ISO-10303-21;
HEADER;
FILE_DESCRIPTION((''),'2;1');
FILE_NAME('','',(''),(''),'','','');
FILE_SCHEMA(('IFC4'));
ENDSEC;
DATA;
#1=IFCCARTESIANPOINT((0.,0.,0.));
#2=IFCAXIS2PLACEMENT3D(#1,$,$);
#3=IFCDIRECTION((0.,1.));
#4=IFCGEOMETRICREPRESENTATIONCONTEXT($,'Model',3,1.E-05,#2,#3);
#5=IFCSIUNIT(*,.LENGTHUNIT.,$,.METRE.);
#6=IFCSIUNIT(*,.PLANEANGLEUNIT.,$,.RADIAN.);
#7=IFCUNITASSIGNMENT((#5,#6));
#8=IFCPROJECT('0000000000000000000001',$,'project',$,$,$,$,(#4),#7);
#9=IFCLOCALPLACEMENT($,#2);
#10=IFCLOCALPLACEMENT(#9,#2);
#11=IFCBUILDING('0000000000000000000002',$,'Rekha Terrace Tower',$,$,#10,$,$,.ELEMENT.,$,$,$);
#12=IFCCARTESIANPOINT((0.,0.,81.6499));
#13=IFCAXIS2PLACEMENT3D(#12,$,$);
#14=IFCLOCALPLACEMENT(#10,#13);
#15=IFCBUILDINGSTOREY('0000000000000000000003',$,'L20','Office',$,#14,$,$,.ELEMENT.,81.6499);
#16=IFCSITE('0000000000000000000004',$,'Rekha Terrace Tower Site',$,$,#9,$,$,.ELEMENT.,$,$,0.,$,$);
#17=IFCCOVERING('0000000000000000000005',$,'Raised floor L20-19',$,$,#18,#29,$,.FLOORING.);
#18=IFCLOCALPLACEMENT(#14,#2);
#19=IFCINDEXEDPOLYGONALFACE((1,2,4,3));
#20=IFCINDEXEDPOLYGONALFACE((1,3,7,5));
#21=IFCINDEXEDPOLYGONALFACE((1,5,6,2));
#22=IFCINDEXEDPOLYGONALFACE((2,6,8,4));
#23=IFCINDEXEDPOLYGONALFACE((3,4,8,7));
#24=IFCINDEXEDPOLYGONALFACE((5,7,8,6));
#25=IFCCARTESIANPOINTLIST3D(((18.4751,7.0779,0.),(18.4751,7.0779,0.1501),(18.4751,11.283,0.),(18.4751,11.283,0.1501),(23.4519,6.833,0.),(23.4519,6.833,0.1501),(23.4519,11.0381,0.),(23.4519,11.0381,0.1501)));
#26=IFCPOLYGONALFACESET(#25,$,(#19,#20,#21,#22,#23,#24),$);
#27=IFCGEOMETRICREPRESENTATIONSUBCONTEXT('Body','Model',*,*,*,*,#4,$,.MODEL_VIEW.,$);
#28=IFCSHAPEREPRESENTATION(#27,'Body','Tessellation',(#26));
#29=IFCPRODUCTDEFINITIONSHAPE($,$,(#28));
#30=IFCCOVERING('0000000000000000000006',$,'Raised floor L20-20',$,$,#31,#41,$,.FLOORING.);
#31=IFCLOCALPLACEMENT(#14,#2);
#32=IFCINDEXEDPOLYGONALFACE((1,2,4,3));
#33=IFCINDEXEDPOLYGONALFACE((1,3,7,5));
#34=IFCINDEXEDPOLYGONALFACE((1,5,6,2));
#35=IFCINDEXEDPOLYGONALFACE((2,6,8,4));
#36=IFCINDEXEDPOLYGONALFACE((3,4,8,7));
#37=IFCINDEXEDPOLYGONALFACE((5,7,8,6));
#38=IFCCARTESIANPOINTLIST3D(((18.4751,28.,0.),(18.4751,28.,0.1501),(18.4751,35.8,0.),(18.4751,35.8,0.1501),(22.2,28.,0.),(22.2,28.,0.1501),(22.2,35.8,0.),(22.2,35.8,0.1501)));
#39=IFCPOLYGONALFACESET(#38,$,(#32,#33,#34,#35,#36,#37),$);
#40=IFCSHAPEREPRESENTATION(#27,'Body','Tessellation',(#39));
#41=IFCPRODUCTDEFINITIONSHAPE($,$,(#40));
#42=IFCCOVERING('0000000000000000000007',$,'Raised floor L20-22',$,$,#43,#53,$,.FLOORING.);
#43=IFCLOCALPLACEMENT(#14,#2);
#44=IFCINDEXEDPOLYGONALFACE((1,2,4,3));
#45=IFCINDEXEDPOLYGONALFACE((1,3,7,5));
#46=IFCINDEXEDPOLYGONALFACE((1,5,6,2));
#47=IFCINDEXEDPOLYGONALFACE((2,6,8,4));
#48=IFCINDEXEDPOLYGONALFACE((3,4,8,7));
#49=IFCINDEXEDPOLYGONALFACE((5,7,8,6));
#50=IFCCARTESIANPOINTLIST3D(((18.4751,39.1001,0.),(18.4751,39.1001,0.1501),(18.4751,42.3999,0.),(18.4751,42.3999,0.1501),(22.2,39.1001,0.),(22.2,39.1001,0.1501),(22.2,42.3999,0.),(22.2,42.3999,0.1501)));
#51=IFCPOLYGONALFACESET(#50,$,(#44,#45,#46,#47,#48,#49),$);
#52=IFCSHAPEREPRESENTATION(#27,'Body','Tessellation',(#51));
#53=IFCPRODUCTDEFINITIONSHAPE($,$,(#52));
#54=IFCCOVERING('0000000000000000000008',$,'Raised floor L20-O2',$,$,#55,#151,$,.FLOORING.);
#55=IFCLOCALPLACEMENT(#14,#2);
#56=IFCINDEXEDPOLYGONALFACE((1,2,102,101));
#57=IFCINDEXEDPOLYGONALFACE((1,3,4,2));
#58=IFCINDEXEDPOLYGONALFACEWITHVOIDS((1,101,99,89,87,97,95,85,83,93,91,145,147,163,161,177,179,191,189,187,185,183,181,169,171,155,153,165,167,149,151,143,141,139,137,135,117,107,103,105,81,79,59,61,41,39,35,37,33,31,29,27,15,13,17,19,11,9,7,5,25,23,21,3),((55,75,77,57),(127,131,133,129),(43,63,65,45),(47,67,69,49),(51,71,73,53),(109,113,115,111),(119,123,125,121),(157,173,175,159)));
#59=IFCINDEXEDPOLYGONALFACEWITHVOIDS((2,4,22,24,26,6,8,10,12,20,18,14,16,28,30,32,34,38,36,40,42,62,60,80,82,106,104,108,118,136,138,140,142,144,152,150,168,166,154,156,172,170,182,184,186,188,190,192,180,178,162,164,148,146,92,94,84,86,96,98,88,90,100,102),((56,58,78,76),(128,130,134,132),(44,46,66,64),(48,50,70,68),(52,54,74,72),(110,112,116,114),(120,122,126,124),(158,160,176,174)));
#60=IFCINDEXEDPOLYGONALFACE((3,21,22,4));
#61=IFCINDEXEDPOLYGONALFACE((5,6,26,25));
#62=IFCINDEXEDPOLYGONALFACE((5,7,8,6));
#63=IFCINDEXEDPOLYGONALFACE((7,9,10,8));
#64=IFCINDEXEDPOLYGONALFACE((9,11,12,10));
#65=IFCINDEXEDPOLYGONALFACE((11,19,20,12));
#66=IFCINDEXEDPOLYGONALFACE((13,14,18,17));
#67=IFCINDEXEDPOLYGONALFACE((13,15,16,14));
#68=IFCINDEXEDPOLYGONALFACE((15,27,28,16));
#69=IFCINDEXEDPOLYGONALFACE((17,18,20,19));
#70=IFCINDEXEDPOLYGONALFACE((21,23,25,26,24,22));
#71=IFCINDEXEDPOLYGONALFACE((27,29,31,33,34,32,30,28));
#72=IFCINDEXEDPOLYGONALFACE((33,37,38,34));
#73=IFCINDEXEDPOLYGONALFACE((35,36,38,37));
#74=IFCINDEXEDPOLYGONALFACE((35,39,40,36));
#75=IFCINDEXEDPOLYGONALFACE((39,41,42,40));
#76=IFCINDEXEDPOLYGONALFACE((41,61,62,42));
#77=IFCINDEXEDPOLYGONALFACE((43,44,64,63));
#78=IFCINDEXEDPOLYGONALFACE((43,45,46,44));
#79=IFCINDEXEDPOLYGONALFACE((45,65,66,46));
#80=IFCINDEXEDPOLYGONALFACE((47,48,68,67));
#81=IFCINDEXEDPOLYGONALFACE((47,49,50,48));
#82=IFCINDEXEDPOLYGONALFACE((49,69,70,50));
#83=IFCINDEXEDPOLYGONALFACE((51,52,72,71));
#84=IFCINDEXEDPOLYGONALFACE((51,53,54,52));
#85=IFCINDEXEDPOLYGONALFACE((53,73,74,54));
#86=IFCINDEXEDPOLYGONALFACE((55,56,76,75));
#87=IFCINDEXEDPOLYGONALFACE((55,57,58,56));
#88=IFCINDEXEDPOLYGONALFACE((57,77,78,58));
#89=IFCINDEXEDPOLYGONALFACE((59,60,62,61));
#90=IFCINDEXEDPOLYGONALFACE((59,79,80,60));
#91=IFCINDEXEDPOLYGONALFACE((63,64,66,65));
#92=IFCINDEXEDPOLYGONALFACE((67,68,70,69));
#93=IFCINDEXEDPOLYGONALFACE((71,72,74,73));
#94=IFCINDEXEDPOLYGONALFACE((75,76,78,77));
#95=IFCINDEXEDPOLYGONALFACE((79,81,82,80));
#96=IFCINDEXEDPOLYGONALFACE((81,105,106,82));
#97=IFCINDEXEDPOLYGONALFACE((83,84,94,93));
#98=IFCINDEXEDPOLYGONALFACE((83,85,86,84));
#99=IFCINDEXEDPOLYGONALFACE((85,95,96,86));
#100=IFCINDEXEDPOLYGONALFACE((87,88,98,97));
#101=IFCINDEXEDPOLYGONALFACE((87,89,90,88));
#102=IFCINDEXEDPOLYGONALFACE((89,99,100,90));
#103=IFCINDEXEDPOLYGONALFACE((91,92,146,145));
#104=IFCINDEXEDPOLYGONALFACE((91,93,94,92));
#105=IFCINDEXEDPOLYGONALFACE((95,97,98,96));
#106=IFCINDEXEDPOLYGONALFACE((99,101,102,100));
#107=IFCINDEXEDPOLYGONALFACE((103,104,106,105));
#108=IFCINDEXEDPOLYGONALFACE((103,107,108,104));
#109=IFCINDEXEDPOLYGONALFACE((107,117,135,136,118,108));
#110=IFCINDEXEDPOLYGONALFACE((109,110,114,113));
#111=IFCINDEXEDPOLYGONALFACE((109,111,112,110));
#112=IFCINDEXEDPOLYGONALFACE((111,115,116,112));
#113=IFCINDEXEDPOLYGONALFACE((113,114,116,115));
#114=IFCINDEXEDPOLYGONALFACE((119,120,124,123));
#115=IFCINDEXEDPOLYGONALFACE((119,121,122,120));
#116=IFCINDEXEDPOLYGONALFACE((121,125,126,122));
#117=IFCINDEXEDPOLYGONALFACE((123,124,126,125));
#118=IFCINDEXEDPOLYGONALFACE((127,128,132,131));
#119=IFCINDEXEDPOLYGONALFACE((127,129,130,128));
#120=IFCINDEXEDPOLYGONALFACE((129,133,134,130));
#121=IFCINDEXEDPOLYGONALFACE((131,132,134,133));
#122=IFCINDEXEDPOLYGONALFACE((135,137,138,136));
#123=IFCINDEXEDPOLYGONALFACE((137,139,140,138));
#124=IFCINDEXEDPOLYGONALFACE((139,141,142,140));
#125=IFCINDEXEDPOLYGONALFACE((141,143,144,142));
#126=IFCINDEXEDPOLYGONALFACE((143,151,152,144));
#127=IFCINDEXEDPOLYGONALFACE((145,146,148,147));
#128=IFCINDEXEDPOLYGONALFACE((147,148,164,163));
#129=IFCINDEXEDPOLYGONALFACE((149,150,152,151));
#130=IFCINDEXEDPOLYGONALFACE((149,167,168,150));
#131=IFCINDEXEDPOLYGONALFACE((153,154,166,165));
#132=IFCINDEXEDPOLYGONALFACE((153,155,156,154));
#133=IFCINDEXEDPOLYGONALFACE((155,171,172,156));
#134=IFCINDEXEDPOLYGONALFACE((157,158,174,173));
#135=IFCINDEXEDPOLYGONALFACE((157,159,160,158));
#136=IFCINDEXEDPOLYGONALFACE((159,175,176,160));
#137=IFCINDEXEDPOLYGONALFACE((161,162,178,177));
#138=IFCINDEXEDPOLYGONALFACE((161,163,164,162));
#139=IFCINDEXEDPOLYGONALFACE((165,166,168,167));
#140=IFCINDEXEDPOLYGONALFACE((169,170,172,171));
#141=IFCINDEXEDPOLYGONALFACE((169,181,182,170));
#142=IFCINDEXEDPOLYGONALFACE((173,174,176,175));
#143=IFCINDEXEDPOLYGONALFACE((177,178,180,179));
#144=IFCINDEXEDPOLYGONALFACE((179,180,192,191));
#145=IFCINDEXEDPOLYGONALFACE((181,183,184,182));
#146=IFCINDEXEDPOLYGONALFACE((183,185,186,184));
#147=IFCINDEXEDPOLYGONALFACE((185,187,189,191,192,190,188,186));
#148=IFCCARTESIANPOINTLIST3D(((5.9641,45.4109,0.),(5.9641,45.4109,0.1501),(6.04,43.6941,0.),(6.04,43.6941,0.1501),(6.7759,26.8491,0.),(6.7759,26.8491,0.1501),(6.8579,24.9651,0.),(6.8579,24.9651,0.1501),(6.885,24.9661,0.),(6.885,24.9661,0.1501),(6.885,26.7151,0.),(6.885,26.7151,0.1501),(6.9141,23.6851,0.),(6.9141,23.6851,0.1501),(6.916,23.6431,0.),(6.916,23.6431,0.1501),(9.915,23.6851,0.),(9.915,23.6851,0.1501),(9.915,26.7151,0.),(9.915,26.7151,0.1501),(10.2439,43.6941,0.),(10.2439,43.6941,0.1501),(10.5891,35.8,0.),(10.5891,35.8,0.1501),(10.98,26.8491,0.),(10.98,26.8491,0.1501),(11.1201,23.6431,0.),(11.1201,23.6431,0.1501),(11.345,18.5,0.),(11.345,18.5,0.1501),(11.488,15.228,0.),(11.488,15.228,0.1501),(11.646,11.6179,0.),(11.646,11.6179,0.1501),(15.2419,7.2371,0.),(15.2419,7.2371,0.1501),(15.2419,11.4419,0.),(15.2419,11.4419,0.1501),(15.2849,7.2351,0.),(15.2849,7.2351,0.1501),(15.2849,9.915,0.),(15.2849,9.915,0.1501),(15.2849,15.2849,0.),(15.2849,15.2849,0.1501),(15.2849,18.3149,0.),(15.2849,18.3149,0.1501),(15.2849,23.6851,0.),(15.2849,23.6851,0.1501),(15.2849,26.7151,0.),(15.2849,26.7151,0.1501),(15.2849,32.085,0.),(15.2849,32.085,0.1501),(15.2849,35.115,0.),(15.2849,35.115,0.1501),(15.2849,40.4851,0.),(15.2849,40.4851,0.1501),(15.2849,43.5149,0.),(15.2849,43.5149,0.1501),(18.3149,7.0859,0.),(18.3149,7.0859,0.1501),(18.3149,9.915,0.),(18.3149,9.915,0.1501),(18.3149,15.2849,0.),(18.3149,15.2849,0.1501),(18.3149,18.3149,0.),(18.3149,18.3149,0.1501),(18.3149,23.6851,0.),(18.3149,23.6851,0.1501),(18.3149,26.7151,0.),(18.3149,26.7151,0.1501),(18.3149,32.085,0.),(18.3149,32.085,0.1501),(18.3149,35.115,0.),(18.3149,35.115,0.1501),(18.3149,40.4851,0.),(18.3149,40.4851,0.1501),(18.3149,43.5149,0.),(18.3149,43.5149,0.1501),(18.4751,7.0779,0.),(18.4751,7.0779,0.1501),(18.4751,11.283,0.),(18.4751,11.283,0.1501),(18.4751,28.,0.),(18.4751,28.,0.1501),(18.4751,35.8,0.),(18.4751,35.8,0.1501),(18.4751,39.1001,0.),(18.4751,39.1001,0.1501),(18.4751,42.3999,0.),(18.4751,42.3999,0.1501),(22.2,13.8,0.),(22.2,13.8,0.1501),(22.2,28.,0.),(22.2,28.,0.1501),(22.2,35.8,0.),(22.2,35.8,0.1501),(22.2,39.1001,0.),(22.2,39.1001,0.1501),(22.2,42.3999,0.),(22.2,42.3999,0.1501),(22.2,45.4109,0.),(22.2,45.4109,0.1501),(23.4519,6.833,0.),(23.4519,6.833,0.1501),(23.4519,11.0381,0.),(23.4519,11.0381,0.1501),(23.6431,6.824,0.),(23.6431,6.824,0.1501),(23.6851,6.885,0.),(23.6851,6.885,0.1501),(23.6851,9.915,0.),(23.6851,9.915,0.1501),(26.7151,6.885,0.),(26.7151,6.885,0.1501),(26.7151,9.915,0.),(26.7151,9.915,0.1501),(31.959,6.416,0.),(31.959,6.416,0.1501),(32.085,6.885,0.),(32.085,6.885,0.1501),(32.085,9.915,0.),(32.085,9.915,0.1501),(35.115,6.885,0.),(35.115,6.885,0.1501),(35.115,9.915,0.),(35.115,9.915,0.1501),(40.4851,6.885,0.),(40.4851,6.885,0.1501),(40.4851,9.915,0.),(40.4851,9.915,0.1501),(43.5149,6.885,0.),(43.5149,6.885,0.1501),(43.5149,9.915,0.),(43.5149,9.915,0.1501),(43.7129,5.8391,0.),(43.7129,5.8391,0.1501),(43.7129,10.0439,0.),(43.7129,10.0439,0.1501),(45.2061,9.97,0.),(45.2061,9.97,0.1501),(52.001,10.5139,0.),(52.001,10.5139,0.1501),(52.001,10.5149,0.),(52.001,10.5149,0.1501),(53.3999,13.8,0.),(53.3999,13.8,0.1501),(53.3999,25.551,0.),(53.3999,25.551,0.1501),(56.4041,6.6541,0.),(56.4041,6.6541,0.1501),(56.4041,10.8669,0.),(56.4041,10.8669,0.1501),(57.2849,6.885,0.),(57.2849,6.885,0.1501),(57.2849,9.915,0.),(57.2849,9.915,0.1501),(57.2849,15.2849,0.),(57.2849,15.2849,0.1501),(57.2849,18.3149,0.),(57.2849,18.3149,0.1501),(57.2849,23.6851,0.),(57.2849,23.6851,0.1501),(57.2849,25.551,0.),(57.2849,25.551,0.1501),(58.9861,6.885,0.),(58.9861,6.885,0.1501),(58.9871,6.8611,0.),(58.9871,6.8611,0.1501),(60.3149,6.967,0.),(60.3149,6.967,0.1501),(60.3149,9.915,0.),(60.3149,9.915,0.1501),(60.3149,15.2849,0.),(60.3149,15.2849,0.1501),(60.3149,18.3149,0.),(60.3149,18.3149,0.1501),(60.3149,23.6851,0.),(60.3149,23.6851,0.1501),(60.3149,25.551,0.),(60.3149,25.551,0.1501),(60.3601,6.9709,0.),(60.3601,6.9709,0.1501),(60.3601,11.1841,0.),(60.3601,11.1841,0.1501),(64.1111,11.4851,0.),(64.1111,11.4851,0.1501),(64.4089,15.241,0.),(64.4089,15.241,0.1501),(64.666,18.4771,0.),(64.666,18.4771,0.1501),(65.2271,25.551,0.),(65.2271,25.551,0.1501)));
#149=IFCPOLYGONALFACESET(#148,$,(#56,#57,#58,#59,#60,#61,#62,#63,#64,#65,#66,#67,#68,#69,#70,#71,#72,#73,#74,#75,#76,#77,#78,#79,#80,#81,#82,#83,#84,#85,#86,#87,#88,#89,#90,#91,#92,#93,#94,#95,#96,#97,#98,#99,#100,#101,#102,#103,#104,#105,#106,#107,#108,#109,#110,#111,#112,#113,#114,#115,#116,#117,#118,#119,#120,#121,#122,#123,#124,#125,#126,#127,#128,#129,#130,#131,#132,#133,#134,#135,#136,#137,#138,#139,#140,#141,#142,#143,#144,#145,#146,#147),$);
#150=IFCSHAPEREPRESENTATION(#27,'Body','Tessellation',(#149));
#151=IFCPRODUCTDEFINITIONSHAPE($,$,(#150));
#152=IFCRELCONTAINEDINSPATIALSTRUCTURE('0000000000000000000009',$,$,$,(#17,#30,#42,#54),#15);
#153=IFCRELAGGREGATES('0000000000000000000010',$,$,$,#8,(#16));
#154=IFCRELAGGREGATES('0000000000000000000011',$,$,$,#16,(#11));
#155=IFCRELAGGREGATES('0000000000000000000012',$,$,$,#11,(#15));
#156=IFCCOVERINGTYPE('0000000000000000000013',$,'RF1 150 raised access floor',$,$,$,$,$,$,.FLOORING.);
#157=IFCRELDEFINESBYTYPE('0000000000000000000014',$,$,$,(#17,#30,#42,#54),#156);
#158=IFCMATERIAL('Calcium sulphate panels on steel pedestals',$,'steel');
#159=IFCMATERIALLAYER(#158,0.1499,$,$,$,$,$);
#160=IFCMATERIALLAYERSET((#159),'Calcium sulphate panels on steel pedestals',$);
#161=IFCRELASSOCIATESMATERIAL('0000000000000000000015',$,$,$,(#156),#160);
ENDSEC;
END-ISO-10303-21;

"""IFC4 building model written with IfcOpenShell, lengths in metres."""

from ifc_helpers import new_model, si_unit, direction, frame, origin, place, context, subcontext, project, spatial, polyline, outline, extrude, material, layer, layer_set, type_object, element, save


model = new_model("IFC4")

# Units and contexts
model_context = context("Model", 3, precision=1e-05, world=origin(), true_north=direction((0.0, 1.0)))
body_context = subcontext(model_context, "Body", "Model", "MODEL_VIEW")
ifc_project = project(units=[si_unit("LENGTHUNIT", "METRE"), si_unit("PLANEANGLEUNIT", "RADIAN")], contexts=[model_context])

# Site, building, storey
site_placement = place(None, origin())
site = spatial("IfcSite", under=ifc_project, at=site_placement, Name="Rekha Terrace Tower Site", CompositionType="ELEMENT", RefElevation=0.0)
building_placement = place(site_placement, origin())
building = spatial("IfcBuilding", under=site, at=building_placement, Name="Rekha Terrace Tower", CompositionType="ELEMENT")
storey_placement = place(building_placement, frame((0.0, 0.0, 81.6499)))
storey = spatial("IfcBuildingStorey", under=building, at=storey_placement, Name="L20", Description="Office", CompositionType="ELEMENT", Elevation=81.6499)

# Coverings
ifc_material_1 = material(Name="Calcium sulphate panels on steel pedestals", Category="steel")
ifc_layer_1 = layer(ifc_material_1, 0.1499)
ifc_layer_set_1 = layer_set([ifc_layer_1], Name="Calcium sulphate panels on steel pedestals")
covering_type_1 = type_object("IfcCoveringType", Name="RF1 150 raised access floor", PredefinedType="FLOORING", material=ifc_layer_set_1)
covering_1_placement = place(storey_placement, origin())
element("IfcCovering", 1, at=covering_1_placement, inside=storey, type_object=covering_type_1, Name="Raised floor L20-19", PredefinedType="FLOORING", context=body_context, shape_type="SweptSolid", body=[
    extrude(outline(polyline([(23.4519, 6.833), (23.4519, 11.0381), (18.4751, 11.283), (18.4751, 7.0779), (23.4519, 6.833)])), origin(), (0.0, 0.0, 1.0), 0.1501),
])
covering_2_placement = place(storey_placement, origin())
element("IfcCovering", 2, at=covering_2_placement, inside=storey, type_object=covering_type_1, Name="Raised floor L20-20", PredefinedType="FLOORING", context=body_context, shape_type="SweptSolid", body=[
    extrude(outline(polyline([(22.2, 35.8), (18.4751, 35.8), (18.4751, 28.0), (22.2, 28.0), (22.2, 35.8)])), origin(), (0.0, 0.0, 1.0), 0.1501),
])
covering_3_placement = place(storey_placement, origin())
element("IfcCovering", 3, at=covering_3_placement, inside=storey, type_object=covering_type_1, Name="Raised floor L20-22", PredefinedType="FLOORING", context=body_context, shape_type="SweptSolid", body=[
    extrude(outline(polyline([(22.2, 42.3999), (18.4751, 42.3999), (18.4751, 39.1001), (22.2, 39.1001), (22.2, 42.3999)])), origin(), (0.0, 0.0, 1.0), 0.1501),
])
covering_4_placement = place(storey_placement, origin())
element("IfcCovering", 4, at=covering_4_placement, inside=storey, type_object=covering_type_1, Name="Raised floor L20-O2", PredefinedType="FLOORING", context=body_context, shape_type="SweptSolid", body=[
    extrude(outline(polyline([(10.2439, 43.6941), (10.5891, 35.8), (10.98, 26.8491), (6.7759, 26.8491), (6.8579, 24.9651), (6.885, 24.9661), (6.885, 26.7151), (9.915, 26.7151), (9.915, 23.6851), (6.9141, 23.6851), (6.916, 23.6431), (11.1201, 23.6431), (11.345, 18.5), (11.488, 15.228), (11.646, 11.6179), (15.2419, 11.4419), (15.2419, 7.2371), (15.2849, 7.2351), (15.2849, 9.915), (18.3149, 9.915), (18.3149, 7.0859), (18.4751, 7.0779), (18.4751, 11.283), (23.4519, 11.0381), (23.4519, 6.833), (23.6431, 6.824), (31.959, 6.416), (43.7129, 5.8391), (43.7129, 10.0439), (45.2061, 9.97), (52.001, 10.5139), (52.001, 10.5149), (56.4041, 10.8669), (56.4041, 6.6541), (58.9871, 6.8611), (58.9861, 6.885), (57.2849, 6.885), (57.2849, 9.915), (60.3149, 9.915), (60.3149, 6.967), (60.3601, 6.9709), (60.3601, 11.1841), (64.1111, 11.4851), (64.4089, 15.241), (64.666, 18.4771), (65.2271, 25.551), (60.3149, 25.551), (60.3149, 23.6851), (57.2849, 23.6851), (57.2849, 25.551), (53.3999, 25.551), (53.3999, 13.8), (22.2, 13.8), (22.2, 28.0), (18.4751, 28.0), (18.4751, 35.8), (22.2, 35.8), (22.2, 39.1001), (18.4751, 39.1001), (18.4751, 42.3999), (22.2, 42.3999), (22.2, 45.4109), (5.9641, 45.4109), (6.04, 43.6941), (10.2439, 43.6941)]), holes=[polyline([(60.3149, 18.3149), (60.3149, 15.2849), (57.2849, 15.2849), (57.2849, 18.3149), (60.3149, 18.3149)]), polyline([(43.5149, 6.885), (40.4851, 6.885), (40.4851, 9.915), (43.5149, 9.915), (43.5149, 6.885)]), polyline([(35.115, 6.885), (32.085, 6.885), (32.085, 9.915), (35.115, 9.915), (35.115, 6.885)]), polyline([(26.7151, 9.915), (26.7151, 6.885), (23.6851, 6.885), (23.6851, 9.915), (26.7151, 9.915)]), polyline([(18.3149, 15.2849), (15.2849, 15.2849), (15.2849, 18.3149), (18.3149, 18.3149), (18.3149, 15.2849)]), polyline([(18.3149, 23.6851), (15.2849, 23.6851), (15.2849, 26.7151), (18.3149, 26.7151), (18.3149, 23.6851)]), polyline([(18.3149, 32.085), (15.2849, 32.085), (15.2849, 35.115), (18.3149, 35.115), (18.3149, 32.085)]), polyline([(18.3149, 40.4851), (15.2849, 40.4851), (15.2849, 43.5149), (18.3149, 43.5149), (18.3149, 40.4851)])]), origin(), (0.0, 0.0, 1.0), 0.1501),
])

save(model, "model.ifc")
